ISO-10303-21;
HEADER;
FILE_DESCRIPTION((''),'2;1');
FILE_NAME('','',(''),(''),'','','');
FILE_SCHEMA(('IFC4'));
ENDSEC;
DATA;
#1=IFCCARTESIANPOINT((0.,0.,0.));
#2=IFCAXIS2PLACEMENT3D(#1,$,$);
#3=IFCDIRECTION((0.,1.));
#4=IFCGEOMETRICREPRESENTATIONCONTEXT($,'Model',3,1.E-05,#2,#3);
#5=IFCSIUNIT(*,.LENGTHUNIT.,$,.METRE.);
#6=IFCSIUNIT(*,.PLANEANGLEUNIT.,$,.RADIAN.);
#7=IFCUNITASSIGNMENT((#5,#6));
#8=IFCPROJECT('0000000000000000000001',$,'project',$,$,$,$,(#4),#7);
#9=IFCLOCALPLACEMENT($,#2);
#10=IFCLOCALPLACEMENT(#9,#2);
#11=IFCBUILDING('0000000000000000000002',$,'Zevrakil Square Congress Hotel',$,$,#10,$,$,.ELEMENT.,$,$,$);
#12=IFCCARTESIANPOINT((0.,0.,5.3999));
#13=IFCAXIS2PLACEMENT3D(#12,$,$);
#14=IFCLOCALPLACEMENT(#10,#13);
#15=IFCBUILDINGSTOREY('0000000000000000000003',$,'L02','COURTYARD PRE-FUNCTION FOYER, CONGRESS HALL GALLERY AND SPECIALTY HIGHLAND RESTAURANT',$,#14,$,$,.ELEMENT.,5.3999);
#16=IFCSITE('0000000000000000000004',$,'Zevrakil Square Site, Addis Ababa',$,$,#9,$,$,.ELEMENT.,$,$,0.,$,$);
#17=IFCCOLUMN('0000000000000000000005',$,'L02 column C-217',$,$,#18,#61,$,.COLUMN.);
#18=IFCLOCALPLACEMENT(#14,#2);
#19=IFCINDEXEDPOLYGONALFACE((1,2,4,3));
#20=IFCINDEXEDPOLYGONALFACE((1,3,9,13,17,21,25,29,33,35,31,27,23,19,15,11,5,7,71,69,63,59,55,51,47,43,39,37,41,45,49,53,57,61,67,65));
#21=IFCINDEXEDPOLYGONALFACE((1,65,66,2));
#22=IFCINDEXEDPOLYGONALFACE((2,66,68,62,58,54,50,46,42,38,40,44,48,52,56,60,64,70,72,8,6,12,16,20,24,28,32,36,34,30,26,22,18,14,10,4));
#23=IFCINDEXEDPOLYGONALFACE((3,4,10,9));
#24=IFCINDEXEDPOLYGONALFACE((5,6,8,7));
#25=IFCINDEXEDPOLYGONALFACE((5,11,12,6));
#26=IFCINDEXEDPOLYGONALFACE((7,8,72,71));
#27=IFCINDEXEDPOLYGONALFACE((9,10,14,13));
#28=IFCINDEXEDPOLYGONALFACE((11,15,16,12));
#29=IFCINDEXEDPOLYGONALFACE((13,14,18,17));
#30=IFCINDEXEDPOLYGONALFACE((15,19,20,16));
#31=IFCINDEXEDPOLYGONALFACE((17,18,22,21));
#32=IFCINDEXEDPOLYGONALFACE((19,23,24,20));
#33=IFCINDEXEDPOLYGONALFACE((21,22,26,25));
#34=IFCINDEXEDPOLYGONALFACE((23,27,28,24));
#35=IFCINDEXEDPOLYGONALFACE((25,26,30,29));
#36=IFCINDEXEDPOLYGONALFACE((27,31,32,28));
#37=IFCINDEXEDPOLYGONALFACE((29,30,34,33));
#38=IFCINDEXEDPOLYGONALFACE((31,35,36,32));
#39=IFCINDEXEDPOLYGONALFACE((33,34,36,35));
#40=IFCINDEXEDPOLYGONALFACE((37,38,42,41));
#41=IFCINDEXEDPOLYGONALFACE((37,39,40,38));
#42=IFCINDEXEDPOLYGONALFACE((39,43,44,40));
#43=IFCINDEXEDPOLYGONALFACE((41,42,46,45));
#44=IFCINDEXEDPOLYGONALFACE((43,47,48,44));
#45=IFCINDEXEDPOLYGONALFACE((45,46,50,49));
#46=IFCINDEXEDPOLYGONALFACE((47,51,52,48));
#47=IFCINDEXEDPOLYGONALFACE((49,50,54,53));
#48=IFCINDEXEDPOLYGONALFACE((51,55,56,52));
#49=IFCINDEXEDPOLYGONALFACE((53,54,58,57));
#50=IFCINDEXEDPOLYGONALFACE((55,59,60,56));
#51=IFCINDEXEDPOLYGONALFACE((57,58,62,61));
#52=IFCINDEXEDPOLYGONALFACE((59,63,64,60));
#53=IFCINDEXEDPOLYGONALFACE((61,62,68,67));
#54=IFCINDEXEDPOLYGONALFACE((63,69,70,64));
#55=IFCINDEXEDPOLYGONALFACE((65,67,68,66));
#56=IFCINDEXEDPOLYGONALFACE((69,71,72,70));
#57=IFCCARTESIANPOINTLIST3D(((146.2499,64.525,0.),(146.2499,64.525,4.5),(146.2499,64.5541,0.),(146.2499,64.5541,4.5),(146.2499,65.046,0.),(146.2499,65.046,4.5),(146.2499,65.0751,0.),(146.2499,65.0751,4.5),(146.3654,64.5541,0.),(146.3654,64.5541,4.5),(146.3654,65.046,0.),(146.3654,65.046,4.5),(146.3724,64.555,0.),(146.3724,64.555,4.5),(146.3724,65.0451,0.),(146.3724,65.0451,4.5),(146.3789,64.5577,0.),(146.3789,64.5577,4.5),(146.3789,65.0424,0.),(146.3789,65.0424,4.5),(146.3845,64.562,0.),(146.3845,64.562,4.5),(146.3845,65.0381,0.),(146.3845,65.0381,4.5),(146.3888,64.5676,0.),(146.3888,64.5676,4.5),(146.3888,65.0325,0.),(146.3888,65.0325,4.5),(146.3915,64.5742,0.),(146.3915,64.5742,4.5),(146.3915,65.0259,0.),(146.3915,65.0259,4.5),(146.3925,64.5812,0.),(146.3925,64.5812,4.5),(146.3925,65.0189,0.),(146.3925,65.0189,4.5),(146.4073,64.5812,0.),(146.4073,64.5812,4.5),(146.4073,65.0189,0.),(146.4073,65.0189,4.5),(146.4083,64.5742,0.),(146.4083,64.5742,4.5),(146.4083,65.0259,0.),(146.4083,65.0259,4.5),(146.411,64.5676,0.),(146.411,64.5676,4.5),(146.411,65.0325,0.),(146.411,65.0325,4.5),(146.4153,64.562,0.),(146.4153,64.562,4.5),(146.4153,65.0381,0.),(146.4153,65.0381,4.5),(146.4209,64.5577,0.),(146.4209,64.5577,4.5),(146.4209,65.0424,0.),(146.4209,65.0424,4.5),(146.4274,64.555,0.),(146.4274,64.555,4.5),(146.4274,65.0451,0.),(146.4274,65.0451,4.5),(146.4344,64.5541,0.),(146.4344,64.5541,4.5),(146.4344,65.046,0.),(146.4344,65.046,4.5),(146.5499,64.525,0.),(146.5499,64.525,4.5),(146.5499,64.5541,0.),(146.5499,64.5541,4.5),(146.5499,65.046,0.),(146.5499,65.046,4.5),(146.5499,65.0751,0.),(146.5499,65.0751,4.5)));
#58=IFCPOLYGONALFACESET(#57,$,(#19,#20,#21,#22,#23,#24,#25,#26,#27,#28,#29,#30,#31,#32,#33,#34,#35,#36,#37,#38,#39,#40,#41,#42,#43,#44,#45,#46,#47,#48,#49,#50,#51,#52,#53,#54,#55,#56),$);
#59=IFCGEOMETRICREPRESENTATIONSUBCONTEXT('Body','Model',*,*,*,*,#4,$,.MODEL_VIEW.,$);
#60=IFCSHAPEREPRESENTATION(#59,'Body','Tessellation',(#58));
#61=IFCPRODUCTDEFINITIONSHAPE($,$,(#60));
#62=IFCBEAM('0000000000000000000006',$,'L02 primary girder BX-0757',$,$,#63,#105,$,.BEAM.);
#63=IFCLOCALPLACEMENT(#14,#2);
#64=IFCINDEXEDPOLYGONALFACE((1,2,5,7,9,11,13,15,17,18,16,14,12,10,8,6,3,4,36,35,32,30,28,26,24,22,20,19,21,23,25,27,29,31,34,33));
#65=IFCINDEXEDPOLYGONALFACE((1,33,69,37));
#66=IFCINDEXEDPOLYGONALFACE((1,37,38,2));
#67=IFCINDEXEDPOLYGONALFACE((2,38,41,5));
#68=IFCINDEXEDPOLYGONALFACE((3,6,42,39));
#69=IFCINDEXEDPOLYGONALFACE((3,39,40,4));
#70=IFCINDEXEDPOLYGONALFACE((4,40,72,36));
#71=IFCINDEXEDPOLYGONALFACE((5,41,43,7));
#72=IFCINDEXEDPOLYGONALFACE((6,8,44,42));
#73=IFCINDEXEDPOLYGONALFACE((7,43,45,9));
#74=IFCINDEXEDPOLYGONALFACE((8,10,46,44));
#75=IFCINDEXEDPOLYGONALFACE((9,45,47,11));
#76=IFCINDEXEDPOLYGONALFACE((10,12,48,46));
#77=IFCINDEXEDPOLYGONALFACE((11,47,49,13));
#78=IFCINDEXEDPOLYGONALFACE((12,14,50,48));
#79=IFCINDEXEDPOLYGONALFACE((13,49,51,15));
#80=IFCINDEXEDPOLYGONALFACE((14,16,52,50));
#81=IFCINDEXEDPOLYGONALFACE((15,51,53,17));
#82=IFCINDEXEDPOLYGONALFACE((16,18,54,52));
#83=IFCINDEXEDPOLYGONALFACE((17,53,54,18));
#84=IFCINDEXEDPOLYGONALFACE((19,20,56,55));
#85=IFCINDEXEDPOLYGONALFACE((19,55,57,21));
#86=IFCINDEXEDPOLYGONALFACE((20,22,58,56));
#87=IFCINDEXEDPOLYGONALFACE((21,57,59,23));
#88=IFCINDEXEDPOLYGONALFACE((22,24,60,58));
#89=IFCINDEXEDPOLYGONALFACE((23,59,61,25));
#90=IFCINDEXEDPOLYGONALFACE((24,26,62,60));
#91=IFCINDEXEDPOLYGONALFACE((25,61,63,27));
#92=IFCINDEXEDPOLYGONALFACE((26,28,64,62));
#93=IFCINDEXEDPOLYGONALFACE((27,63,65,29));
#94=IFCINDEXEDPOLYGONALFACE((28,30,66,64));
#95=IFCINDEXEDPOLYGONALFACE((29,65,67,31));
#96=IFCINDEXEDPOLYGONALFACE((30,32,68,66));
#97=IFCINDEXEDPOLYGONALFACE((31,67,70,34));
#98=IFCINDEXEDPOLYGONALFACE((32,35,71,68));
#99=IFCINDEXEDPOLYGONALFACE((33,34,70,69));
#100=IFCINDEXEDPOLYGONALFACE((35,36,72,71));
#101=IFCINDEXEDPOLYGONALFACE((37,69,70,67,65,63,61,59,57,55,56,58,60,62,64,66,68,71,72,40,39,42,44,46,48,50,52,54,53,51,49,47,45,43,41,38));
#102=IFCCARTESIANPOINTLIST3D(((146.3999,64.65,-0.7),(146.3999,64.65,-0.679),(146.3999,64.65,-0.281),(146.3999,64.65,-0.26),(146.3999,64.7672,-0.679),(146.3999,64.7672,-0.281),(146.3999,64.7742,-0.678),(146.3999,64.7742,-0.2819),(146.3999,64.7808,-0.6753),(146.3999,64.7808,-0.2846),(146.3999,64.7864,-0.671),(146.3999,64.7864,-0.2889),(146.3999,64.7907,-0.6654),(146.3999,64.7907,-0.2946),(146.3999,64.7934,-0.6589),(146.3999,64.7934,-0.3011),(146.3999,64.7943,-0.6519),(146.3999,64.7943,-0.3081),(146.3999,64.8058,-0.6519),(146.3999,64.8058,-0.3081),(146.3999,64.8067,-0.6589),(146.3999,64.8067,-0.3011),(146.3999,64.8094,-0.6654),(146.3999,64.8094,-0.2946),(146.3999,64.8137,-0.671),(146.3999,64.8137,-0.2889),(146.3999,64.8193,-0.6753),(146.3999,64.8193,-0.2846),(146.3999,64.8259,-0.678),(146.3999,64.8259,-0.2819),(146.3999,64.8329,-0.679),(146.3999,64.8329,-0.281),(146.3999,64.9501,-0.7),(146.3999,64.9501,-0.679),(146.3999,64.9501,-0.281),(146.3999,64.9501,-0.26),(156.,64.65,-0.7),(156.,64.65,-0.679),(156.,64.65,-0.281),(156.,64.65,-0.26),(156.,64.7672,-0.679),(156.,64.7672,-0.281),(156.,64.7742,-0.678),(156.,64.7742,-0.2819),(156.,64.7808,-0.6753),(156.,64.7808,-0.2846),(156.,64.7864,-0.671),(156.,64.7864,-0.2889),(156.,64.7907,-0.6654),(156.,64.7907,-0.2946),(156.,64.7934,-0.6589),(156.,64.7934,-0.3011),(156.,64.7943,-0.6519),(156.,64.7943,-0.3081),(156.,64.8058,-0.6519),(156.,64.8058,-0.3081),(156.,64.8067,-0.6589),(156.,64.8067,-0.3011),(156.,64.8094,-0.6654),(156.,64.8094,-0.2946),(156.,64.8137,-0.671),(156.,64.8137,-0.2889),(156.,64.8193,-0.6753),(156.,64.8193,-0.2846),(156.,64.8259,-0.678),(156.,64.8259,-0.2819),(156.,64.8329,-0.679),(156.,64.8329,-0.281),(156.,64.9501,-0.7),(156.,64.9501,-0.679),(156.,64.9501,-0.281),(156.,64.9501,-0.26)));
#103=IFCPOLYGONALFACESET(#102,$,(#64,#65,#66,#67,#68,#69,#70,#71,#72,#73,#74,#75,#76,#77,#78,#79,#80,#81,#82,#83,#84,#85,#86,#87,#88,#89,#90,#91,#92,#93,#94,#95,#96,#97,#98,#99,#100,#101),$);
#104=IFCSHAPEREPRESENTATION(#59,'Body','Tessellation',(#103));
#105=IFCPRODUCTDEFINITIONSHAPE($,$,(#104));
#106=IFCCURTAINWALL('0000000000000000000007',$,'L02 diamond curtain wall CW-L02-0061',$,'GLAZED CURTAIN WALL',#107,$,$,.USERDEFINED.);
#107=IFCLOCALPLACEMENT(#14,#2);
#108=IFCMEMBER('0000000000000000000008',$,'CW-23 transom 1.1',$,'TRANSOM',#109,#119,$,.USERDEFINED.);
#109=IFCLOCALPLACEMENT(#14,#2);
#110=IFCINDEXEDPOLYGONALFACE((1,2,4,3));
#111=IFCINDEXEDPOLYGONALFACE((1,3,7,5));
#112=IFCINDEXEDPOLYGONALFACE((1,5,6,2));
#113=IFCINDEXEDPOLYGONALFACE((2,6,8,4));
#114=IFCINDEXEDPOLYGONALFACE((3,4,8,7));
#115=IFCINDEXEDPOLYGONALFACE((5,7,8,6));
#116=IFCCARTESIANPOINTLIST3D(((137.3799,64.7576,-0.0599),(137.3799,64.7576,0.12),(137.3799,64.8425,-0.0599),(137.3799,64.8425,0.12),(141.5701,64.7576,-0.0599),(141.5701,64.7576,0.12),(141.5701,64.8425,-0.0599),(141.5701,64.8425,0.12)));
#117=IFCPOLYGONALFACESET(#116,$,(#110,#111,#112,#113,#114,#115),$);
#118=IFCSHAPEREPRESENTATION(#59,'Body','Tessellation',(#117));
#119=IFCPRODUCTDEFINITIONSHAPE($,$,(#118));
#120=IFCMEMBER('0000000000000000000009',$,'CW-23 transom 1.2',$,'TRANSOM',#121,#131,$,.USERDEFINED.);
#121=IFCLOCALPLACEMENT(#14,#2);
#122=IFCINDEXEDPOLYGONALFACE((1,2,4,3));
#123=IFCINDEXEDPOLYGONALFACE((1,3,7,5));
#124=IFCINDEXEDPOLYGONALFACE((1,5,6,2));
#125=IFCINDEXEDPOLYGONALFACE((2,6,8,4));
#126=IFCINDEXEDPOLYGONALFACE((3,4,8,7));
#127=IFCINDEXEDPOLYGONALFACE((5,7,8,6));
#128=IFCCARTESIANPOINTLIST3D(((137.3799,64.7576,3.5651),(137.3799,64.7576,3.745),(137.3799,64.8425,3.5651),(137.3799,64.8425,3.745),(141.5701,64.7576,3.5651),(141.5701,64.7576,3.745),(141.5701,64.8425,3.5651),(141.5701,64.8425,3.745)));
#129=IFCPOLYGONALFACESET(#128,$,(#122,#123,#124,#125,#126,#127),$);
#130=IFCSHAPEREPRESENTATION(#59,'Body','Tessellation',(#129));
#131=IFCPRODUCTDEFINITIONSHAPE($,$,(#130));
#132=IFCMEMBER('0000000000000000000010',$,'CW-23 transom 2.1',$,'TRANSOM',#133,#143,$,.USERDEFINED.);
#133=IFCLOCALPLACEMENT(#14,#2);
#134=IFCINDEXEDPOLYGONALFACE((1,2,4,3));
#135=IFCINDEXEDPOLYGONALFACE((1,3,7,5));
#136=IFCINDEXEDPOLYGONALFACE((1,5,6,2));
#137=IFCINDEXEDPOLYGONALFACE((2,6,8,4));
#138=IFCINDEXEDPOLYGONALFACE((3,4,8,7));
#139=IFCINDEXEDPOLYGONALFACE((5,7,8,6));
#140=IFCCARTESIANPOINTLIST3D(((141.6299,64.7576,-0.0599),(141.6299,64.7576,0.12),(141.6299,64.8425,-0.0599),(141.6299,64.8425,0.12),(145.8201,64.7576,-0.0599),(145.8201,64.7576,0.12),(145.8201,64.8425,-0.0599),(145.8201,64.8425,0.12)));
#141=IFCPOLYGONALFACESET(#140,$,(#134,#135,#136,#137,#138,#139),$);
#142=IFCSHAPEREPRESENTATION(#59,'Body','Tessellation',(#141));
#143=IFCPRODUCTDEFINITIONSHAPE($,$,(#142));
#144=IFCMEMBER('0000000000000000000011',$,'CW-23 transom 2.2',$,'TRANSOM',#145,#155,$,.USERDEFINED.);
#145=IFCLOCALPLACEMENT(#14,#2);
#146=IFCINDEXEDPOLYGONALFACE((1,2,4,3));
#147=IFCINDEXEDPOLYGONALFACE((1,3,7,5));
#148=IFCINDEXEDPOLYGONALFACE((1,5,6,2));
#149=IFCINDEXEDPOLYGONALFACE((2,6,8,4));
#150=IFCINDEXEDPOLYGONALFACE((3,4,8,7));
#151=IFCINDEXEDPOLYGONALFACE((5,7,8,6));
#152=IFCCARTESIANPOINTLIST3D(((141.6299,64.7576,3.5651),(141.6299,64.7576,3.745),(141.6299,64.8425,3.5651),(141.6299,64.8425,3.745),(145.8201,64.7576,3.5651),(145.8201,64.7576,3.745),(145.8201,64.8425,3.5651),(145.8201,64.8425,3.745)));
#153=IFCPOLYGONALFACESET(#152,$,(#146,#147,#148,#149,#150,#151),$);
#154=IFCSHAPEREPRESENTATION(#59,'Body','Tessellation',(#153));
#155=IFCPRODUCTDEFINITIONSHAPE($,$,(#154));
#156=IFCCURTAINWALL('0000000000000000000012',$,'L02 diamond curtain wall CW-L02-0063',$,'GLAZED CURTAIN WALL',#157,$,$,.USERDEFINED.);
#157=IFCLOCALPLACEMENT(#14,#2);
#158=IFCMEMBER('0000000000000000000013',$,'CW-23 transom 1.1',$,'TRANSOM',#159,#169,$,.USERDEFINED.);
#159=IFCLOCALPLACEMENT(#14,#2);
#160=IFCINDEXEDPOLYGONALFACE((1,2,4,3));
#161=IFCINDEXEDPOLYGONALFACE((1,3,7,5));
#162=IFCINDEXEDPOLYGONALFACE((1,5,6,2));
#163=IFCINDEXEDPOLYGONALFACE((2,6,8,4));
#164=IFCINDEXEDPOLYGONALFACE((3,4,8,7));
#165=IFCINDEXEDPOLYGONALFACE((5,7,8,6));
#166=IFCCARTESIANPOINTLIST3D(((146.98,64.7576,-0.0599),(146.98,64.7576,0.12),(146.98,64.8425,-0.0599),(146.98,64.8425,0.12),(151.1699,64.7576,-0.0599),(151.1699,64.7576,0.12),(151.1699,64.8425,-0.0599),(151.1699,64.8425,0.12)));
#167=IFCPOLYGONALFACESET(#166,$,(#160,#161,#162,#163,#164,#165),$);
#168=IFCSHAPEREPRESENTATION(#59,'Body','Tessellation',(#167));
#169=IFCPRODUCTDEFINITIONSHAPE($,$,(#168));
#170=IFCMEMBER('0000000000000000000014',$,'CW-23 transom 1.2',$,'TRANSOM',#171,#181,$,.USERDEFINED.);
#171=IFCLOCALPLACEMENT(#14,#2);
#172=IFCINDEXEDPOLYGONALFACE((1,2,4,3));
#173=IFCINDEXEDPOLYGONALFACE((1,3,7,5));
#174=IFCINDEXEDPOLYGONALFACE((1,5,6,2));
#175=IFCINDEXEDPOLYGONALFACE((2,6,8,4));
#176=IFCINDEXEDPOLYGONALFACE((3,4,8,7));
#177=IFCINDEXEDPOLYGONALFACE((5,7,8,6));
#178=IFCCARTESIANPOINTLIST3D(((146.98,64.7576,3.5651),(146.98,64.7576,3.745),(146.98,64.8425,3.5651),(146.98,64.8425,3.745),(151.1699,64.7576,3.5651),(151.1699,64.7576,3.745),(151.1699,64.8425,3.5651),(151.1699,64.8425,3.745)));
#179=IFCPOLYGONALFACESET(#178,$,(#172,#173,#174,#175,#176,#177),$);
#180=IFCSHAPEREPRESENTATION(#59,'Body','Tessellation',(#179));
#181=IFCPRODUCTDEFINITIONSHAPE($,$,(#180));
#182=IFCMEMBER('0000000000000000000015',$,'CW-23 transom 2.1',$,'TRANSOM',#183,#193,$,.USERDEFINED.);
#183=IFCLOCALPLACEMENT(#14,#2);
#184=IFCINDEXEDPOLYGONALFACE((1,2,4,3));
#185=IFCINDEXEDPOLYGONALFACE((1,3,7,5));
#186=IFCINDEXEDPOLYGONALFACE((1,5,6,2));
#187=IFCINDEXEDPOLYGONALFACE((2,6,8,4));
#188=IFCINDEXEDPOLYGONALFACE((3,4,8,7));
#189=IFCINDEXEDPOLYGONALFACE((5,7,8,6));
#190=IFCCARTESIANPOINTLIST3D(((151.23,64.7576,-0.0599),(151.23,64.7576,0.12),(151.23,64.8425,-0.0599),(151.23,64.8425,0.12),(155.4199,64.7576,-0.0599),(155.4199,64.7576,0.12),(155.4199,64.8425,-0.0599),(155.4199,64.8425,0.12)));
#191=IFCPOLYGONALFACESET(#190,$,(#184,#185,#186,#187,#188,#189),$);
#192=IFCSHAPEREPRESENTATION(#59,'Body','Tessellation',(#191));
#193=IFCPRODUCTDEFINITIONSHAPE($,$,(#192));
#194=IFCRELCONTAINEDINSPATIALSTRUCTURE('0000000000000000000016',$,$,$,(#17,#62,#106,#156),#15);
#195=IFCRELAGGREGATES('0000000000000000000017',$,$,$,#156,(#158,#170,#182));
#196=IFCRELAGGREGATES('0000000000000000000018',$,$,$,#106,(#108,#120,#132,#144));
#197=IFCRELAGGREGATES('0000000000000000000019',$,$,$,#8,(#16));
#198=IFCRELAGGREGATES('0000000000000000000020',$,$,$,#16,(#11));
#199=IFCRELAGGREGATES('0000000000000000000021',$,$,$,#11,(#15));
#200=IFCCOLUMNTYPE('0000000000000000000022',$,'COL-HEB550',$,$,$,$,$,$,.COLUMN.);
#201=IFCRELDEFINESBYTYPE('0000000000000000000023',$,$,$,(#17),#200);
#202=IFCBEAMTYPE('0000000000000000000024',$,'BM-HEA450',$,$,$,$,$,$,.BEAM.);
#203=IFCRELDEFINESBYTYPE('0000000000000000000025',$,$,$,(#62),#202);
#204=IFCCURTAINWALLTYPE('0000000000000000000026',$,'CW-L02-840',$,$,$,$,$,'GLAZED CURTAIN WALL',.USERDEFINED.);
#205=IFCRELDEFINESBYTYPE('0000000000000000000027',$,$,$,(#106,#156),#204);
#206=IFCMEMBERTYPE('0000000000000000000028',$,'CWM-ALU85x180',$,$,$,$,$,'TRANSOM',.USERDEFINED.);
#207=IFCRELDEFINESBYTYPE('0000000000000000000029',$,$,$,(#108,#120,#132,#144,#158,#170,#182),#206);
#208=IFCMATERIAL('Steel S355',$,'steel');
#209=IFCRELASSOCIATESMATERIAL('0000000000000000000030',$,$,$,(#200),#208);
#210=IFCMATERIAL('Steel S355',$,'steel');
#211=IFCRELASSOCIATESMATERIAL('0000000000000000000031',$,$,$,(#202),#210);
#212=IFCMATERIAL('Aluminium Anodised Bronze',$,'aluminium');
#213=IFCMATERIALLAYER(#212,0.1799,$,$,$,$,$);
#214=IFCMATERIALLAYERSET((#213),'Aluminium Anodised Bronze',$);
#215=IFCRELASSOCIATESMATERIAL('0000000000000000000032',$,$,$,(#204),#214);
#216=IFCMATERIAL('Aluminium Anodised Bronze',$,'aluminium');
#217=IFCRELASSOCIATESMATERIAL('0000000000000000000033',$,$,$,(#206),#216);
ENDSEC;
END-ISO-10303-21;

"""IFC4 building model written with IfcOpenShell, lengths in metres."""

from ifc_helpers import new_model, si_unit, direction, frame, origin, origin_2d, place, context, subcontext, project, spatial, rectangle, i_section, extrude, material, layer, layer_set, material_profile, profile_set, type_object, element, aggregate, save


model = new_model("IFC4")

# Units and contexts
model_context = context("Model", 3, precision=1e-05, world=origin(), true_north=direction((0.0, 1.0)))
body_context = subcontext(model_context, "Body", "Model", "MODEL_VIEW")
ifc_project = project(units=[si_unit("LENGTHUNIT", "METRE"), si_unit("PLANEANGLEUNIT", "RADIAN")], contexts=[model_context])

# Site, building, storey
site_placement = place(None, origin())
site = spatial("IfcSite", under=ifc_project, at=site_placement, Name="Zevrakil Square Site, Addis Ababa", CompositionType="ELEMENT", RefElevation=0.0)
building_placement = place(site_placement, origin())
building = spatial("IfcBuilding", under=site, at=building_placement, Name="Zevrakil Square Congress Hotel", CompositionType="ELEMENT")
storey_placement = place(building_placement, frame((0.0, 0.0, 5.3999)))
storey = spatial("IfcBuildingStorey", under=building, at=storey_placement, Name="L02", Description="COURTYARD PRE-FUNCTION FOYER, CONGRESS HALL GALLERY AND SPECIALTY HIGHLAND RESTAURANT", CompositionType="ELEMENT", Elevation=5.3999)

# Column
ifc_material_1 = material(Name="Steel S355", Category="steel")
ifc_material_profile_1 = material_profile(ifc_material_1, i_section(OverallWidth=0.3, OverallDepth=0.55, WebThickness=0.0149, FlangeThickness=0.0291, FilletRadius=0.0271, at=origin_2d()), Name="HEB 550")
ifc_profile_set_1 = profile_set([ifc_material_profile_1], Name="Steel S355")
column_type = type_object("IfcColumnType", Name="COL-HEB550", PredefinedType="COLUMN", material=ifc_profile_set_1)
column_placement = place(storey_placement, frame((146.3999, 64.8, 0.0), z_axis=(0.0, 0.0, 1.0), x_axis=(1.0, 0.0, 0.0)))
element("IfcColumn", 1, at=column_placement, inside=storey, type_object=column_type, Name="L02 column C-217", PredefinedType="COLUMN", context=body_context, shape_type="SweptSolid", body=[
    extrude(i_section(OverallWidth=0.3, OverallDepth=0.55, WebThickness=0.0149, FlangeThickness=0.0291, FilletRadius=0.0271, at=origin_2d()), origin(), (0.0, 0.0, 1.0), 4.5),
])

# Beam
ifc_material_2 = material(Name="Steel S355", Category="steel")
ifc_material_profile_2 = material_profile(ifc_material_2, i_section(OverallWidth=0.3, OverallDepth=0.4399, WebThickness=0.0115, FlangeThickness=0.021, FilletRadius=0.0271, at=origin_2d()), Name="HEA 450")
ifc_profile_set_2 = profile_set([ifc_material_profile_2], Name="Steel S355")
beam_type = type_object("IfcBeamType", Name="BM-HEA450", PredefinedType="BEAM", material=ifc_profile_set_2)
beam_placement = place(storey_placement, frame((146.3999, 64.8, -0.48), z_axis=(1.0, 0.0, 0.0), x_axis=(0.0, 1.0, 0.0)))
element("IfcBeam", 2, at=beam_placement, inside=storey, type_object=beam_type, Name="L02 primary girder BX-0757", PredefinedType="BEAM", context=body_context, shape_type="SweptSolid", body=[
    extrude(i_section(OverallWidth=0.3, OverallDepth=0.4399, WebThickness=0.0115, FlangeThickness=0.021, FilletRadius=0.0271, at=origin_2d()), origin(), (0.0, 0.0, 1.0), 9.6001),
])

# Curtain walls, members
ifc_material_3 = material(Name="Aluminium Anodised Bronze", Category="aluminium")
ifc_layer_1 = layer(ifc_material_3, 0.1799)
ifc_layer_set_1 = layer_set([ifc_layer_1], Name="Aluminium Anodised Bronze")
curtain_wall_type = type_object("IfcCurtainWallType", Name="CW-L02-840", ElementType="GLAZED CURTAIN WALL", PredefinedType="USERDEFINED", material=ifc_layer_set_1)
curtain_wall_1_placement = place(storey_placement, origin())
curtain_wall_1 = element("IfcCurtainWall", 3, at=curtain_wall_1_placement, inside=storey, type_object=curtain_wall_type, Name="L02 diamond curtain wall CW-L02-0061", ObjectType="GLAZED CURTAIN WALL", PredefinedType="USERDEFINED")
ifc_material_4 = material(Name="Aluminium Anodised Bronze", Category="aluminium")
ifc_material_profile_3 = material_profile(ifc_material_4, rectangle(XDim=0.085, YDim=0.1799, at=origin_2d()), Name="ALU 85x180")
ifc_profile_set_3 = profile_set([ifc_material_profile_3], Name="Aluminium Anodised Bronze")
member_type_1 = type_object("IfcMemberType", Name="CWM-ALU85x180", ElementType="TRANSOM", PredefinedType="USERDEFINED", material=ifc_profile_set_3)
member_1_placement = place(storey_placement, frame((137.3799, 64.8, 0.03), z_axis=(1.0, 0.0, 0.0), x_axis=(0.0, 1.0, 0.0)))
member_1 = element("IfcMember", 4, at=member_1_placement, type_object=member_type_1, Name="CW-23 transom 1.1", ObjectType="TRANSOM", PredefinedType="USERDEFINED", context=body_context, shape_type="SweptSolid", body=[
    extrude(rectangle(XDim=0.085, YDim=0.1799, at=origin_2d()), origin(), (0.0, 0.0, 1.0), 4.1902),
])
member_2_placement = place(storey_placement, frame((137.3799, 64.8, 3.655), z_axis=(1.0, 0.0, 0.0), x_axis=(0.0, 1.0, 0.0)))
member_2 = element("IfcMember", 5, at=member_2_placement, type_object=member_type_1, Name="CW-23 transom 1.2", ObjectType="TRANSOM", PredefinedType="USERDEFINED", context=body_context, shape_type="SweptSolid", body=[
    extrude(rectangle(XDim=0.085, YDim=0.1799, at=origin_2d()), origin(), (0.0, 0.0, 1.0), 4.1902),
])
member_3_placement = place(storey_placement, frame((141.6299, 64.8, 0.03), z_axis=(1.0, 0.0, 0.0), x_axis=(0.0, 1.0, 0.0)))
member_3 = element("IfcMember", 6, at=member_3_placement, type_object=member_type_1, Name="CW-23 transom 2.1", ObjectType="TRANSOM", PredefinedType="USERDEFINED", context=body_context, shape_type="SweptSolid", body=[
    extrude(rectangle(XDim=0.085, YDim=0.1799, at=origin_2d()), origin(), (0.0, 0.0, 1.0), 4.1902),
])
member_4_placement = place(storey_placement, frame((141.6299, 64.8, 3.655), z_axis=(1.0, 0.0, 0.0), x_axis=(0.0, 1.0, 0.0)))
member_4 = element("IfcMember", 7, at=member_4_placement, type_object=member_type_1, Name="CW-23 transom 2.2", ObjectType="TRANSOM", PredefinedType="USERDEFINED", context=body_context, shape_type="SweptSolid", body=[
    extrude(rectangle(XDim=0.085, YDim=0.1799, at=origin_2d()), origin(), (0.0, 0.0, 1.0), 4.1902),
])
curtain_wall_2_placement = place(storey_placement, origin())
curtain_wall_2 = element("IfcCurtainWall", 8, at=curtain_wall_2_placement, inside=storey, type_object=curtain_wall_type, Name="L02 diamond curtain wall CW-L02-0063", ObjectType="GLAZED CURTAIN WALL", PredefinedType="USERDEFINED")
member_5_placement = place(storey_placement, frame((146.98, 64.8, 0.03), z_axis=(1.0, 0.0, 0.0), x_axis=(0.0, 1.0, 0.0)))
member_5 = element("IfcMember", 9, at=member_5_placement, type_object=member_type_1, Name="CW-23 transom 1.1", ObjectType="TRANSOM", PredefinedType="USERDEFINED", context=body_context, shape_type="SweptSolid", body=[
    extrude(rectangle(XDim=0.085, YDim=0.1799, at=origin_2d()), origin(), (0.0, 0.0, 1.0), 4.1899),
])
member_6_placement = place(storey_placement, frame((146.98, 64.8, 3.655), z_axis=(1.0, 0.0, 0.0), x_axis=(0.0, 1.0, 0.0)))
member_6 = element("IfcMember", 10, at=member_6_placement, type_object=member_type_1, Name="CW-23 transom 1.2", ObjectType="TRANSOM", PredefinedType="USERDEFINED", context=body_context, shape_type="SweptSolid", body=[
    extrude(rectangle(XDim=0.085, YDim=0.1799, at=origin_2d()), origin(), (0.0, 0.0, 1.0), 4.1899),
])
member_7_placement = place(storey_placement, frame((151.23, 64.8, 0.03), z_axis=(1.0, 0.0, 0.0), x_axis=(0.0, 1.0, 0.0)))
member_7 = element("IfcMember", 11, at=member_7_placement, type_object=member_type_1, Name="CW-23 transom 2.1", ObjectType="TRANSOM", PredefinedType="USERDEFINED", context=body_context, shape_type="SweptSolid", body=[
    extrude(rectangle(XDim=0.085, YDim=0.1799, at=origin_2d()), origin(), (0.0, 0.0, 1.0), 4.1899),
])

aggregate(curtain_wall_2, [member_5, member_6, member_7])
aggregate(curtain_wall_1, [member_1, member_2, member_3, member_4])

save(model, "model.ifc")
